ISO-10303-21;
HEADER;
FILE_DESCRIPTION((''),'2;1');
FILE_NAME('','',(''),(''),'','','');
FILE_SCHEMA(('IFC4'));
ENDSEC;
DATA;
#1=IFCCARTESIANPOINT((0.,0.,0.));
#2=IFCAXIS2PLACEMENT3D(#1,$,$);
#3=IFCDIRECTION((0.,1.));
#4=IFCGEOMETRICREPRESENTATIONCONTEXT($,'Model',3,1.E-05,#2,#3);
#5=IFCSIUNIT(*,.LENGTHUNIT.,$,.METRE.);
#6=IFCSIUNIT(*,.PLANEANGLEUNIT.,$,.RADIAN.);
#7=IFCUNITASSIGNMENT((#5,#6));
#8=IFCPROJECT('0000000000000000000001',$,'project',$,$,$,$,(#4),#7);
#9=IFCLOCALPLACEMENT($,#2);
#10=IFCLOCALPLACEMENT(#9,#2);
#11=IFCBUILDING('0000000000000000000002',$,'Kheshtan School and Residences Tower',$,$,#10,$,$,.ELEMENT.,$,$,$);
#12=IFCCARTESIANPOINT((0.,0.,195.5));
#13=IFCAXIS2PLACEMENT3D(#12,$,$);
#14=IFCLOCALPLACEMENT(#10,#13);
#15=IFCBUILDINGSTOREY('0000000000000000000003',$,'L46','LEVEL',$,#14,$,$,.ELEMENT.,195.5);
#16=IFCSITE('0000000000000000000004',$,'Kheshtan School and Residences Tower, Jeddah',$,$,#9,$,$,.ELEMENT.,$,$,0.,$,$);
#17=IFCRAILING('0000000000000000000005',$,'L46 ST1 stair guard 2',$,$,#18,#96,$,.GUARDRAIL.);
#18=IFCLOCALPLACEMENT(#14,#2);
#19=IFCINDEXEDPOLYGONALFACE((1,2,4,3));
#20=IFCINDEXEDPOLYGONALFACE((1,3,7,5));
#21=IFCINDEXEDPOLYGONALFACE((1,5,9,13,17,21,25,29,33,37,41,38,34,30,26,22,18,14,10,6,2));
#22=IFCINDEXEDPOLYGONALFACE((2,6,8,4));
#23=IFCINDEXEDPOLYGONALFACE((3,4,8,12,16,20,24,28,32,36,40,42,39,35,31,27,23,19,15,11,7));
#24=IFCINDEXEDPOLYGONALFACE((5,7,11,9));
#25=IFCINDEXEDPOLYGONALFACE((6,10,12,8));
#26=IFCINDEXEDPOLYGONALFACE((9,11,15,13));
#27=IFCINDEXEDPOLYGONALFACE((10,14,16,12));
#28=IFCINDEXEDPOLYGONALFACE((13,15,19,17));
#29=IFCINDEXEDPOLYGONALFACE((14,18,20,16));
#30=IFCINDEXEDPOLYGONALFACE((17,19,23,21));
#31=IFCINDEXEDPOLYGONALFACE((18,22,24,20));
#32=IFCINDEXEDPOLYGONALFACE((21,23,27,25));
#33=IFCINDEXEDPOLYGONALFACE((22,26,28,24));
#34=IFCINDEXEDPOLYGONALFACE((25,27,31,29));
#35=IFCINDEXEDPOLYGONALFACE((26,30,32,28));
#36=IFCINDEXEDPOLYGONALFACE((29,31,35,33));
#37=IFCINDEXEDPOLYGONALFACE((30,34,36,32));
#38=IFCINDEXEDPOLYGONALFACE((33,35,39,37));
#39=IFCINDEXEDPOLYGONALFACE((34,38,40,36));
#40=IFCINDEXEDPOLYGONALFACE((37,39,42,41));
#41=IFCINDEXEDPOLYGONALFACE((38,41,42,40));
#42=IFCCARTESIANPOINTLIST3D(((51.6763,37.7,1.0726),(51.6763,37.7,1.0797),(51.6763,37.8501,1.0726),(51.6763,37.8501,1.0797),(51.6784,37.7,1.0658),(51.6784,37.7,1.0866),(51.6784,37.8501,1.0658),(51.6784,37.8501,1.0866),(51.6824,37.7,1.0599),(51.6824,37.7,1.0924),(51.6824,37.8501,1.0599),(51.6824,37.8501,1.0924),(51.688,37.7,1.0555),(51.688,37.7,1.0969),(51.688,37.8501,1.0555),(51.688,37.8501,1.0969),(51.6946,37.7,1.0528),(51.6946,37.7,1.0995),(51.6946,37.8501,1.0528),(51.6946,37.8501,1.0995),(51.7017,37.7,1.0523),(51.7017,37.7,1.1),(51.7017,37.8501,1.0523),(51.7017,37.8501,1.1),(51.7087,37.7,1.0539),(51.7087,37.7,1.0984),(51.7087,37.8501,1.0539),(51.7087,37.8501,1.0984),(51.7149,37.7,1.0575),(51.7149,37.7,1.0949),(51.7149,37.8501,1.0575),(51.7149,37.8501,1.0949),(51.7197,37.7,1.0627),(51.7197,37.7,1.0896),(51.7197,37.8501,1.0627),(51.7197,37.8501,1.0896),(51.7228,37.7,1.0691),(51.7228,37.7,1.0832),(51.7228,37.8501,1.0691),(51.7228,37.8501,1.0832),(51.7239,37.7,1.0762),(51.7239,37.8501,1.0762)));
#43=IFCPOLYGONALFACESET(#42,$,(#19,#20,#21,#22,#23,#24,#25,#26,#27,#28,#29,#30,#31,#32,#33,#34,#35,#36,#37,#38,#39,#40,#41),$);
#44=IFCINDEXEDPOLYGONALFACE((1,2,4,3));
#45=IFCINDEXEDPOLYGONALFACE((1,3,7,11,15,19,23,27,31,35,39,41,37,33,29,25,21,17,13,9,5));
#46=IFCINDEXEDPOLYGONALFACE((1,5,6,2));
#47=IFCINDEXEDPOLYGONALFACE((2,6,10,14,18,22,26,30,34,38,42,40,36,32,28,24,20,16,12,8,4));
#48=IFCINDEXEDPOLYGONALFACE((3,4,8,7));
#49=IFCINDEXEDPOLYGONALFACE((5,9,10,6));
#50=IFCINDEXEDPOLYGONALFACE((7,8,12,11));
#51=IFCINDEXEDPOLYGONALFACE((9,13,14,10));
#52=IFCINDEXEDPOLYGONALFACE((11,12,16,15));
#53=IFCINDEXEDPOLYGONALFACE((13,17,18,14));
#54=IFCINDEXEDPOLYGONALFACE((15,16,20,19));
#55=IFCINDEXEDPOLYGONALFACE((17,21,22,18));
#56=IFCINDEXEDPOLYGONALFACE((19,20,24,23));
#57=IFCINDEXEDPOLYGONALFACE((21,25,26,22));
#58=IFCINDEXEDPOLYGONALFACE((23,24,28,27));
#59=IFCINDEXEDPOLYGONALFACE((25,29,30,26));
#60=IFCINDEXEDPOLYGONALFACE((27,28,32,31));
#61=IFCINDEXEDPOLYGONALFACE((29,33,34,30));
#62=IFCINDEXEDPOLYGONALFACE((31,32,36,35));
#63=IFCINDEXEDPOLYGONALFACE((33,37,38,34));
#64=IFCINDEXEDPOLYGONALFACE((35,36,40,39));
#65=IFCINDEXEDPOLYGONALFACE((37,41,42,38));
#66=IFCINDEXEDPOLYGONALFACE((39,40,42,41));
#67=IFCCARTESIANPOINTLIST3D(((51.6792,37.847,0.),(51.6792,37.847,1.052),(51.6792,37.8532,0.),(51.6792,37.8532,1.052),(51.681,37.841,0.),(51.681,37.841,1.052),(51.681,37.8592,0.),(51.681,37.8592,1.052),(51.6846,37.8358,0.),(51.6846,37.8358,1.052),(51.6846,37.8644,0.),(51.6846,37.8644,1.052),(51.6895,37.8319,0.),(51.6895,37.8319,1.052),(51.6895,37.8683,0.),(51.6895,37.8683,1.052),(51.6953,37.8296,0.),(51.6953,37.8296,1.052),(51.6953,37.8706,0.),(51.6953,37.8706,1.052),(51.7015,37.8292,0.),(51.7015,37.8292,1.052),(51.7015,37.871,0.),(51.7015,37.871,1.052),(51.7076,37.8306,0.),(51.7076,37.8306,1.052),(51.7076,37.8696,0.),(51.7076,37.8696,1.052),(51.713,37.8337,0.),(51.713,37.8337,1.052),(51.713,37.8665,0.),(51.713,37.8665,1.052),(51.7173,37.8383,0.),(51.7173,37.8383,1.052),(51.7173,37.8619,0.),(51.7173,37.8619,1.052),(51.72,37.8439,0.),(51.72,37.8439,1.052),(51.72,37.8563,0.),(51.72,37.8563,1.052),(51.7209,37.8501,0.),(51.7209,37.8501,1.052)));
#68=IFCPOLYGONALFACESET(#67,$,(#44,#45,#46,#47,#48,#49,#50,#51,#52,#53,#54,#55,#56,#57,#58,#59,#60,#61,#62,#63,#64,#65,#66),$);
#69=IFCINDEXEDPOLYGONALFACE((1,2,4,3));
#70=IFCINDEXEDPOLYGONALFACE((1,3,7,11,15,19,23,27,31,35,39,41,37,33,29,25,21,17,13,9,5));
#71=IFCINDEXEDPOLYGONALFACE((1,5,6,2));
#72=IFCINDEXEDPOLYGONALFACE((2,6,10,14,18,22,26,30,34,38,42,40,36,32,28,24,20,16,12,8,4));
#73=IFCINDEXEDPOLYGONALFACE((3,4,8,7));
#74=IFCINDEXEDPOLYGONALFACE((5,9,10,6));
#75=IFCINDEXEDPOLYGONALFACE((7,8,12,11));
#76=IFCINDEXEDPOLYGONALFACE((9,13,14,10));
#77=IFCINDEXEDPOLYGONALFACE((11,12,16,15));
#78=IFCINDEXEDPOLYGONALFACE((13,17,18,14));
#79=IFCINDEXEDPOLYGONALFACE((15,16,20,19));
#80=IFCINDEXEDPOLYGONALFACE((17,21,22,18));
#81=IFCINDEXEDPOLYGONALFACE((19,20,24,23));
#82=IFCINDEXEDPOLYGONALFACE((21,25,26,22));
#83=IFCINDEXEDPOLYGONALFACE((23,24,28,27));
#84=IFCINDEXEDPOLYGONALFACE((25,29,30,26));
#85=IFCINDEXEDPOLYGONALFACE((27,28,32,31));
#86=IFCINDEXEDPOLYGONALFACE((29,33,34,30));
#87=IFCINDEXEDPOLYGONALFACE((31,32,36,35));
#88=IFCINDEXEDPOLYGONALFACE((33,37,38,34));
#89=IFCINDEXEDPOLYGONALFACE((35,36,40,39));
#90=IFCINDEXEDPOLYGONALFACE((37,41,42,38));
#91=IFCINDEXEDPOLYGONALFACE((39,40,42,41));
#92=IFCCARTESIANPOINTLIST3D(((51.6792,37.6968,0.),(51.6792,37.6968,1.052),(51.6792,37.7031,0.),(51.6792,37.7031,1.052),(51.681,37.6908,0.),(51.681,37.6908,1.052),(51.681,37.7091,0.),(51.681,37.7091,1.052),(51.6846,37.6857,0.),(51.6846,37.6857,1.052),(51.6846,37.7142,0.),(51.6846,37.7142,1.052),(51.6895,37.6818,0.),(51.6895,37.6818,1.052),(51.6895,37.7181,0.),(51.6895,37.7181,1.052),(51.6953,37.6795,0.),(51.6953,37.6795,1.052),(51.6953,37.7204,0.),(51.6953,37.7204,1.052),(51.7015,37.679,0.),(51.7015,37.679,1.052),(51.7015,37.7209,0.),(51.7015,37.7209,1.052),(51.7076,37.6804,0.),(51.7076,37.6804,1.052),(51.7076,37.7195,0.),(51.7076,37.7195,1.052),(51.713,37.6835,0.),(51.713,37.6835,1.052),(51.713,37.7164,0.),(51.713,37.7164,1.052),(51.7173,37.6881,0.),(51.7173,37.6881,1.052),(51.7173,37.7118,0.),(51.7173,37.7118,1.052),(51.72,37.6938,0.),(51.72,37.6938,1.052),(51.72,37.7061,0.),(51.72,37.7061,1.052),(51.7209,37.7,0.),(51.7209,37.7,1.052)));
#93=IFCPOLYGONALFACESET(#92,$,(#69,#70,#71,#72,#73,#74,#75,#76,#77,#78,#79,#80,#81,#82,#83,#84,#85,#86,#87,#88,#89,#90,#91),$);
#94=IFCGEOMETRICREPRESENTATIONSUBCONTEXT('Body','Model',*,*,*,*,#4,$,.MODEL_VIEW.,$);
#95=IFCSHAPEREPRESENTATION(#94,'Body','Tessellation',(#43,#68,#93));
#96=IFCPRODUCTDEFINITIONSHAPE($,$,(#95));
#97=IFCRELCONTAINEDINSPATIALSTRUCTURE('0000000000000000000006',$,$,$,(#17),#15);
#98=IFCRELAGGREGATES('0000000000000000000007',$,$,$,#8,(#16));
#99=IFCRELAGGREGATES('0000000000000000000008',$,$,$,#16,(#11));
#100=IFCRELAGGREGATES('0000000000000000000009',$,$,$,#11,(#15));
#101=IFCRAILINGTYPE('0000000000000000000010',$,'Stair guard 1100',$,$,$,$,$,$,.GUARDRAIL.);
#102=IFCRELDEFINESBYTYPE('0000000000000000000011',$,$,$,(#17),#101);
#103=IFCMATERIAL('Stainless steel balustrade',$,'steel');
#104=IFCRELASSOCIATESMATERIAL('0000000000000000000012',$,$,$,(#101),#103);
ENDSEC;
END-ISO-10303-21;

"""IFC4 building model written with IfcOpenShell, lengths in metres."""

from ifc_helpers import new_model, si_unit, direction, frame, origin, origin_2d, place, context, subcontext, project, spatial, circle, extrude, material, type_object, element, save


model = new_model("IFC4")

# Units and contexts
model_context = context("Model", 3, precision=1e-05, world=origin(), true_north=direction((0.0, 1.0)))
body_context = subcontext(model_context, "Body", "Model", "MODEL_VIEW")
ifc_project = project(units=[si_unit("LENGTHUNIT", "METRE"), si_unit("PLANEANGLEUNIT", "RADIAN")], contexts=[model_context])

# Site, building, storey
site_placement = place(None, origin())
site = spatial("IfcSite", under=ifc_project, at=site_placement, Name="Kheshtan School and Residences Tower, Jeddah", CompositionType="ELEMENT", RefElevation=0.0)
building_placement = place(site_placement, origin())
building = spatial("IfcBuilding", under=site, at=building_placement, Name="Kheshtan School and Residences Tower", CompositionType="ELEMENT")
storey_placement = place(building_placement, frame((0.0, 0.0, 195.5)))
storey = spatial("IfcBuildingStorey", under=building, at=storey_placement, Name="L46", Description="LEVEL", CompositionType="ELEMENT", Elevation=195.5)

# Railing
ifc_material_1 = material(Name="Stainless steel balustrade", Category="steel")
railing_type_1 = type_object("IfcRailingType", Name="Stair guard 1100", PredefinedType="GUARDRAIL", material=ifc_material_1)
railing_1_placement = place(storey_placement, frame((51.7, 37.8501, 0.0)))
element("IfcRailing", 1, at=railing_1_placement, inside=storey, type_object=railing_type_1, Name="L46 ST1 stair guard 2", PredefinedType="GUARDRAIL", context=body_context, shape_type="SweptSolid", body=[
    extrude(circle(Radius=0.0239, at=origin_2d()), frame((0.0, 0.0, 1.0762), z_axis=(0.0, -1.0, 0.0), x_axis=(1.0, 0.0, 0.0)), (0.0, 0.0, 1.0), 0.1501),
    extrude(circle(Radius=0.021, at=origin_2d()), origin(), (0.0, 0.0, 1.0), 1.052),
    extrude(circle(Radius=0.021, at=origin_2d()), frame((0.0, -0.1501, 0.0)), (0.0, 0.0, 1.0), 1.052),
])

save(model, "model.ifc")
